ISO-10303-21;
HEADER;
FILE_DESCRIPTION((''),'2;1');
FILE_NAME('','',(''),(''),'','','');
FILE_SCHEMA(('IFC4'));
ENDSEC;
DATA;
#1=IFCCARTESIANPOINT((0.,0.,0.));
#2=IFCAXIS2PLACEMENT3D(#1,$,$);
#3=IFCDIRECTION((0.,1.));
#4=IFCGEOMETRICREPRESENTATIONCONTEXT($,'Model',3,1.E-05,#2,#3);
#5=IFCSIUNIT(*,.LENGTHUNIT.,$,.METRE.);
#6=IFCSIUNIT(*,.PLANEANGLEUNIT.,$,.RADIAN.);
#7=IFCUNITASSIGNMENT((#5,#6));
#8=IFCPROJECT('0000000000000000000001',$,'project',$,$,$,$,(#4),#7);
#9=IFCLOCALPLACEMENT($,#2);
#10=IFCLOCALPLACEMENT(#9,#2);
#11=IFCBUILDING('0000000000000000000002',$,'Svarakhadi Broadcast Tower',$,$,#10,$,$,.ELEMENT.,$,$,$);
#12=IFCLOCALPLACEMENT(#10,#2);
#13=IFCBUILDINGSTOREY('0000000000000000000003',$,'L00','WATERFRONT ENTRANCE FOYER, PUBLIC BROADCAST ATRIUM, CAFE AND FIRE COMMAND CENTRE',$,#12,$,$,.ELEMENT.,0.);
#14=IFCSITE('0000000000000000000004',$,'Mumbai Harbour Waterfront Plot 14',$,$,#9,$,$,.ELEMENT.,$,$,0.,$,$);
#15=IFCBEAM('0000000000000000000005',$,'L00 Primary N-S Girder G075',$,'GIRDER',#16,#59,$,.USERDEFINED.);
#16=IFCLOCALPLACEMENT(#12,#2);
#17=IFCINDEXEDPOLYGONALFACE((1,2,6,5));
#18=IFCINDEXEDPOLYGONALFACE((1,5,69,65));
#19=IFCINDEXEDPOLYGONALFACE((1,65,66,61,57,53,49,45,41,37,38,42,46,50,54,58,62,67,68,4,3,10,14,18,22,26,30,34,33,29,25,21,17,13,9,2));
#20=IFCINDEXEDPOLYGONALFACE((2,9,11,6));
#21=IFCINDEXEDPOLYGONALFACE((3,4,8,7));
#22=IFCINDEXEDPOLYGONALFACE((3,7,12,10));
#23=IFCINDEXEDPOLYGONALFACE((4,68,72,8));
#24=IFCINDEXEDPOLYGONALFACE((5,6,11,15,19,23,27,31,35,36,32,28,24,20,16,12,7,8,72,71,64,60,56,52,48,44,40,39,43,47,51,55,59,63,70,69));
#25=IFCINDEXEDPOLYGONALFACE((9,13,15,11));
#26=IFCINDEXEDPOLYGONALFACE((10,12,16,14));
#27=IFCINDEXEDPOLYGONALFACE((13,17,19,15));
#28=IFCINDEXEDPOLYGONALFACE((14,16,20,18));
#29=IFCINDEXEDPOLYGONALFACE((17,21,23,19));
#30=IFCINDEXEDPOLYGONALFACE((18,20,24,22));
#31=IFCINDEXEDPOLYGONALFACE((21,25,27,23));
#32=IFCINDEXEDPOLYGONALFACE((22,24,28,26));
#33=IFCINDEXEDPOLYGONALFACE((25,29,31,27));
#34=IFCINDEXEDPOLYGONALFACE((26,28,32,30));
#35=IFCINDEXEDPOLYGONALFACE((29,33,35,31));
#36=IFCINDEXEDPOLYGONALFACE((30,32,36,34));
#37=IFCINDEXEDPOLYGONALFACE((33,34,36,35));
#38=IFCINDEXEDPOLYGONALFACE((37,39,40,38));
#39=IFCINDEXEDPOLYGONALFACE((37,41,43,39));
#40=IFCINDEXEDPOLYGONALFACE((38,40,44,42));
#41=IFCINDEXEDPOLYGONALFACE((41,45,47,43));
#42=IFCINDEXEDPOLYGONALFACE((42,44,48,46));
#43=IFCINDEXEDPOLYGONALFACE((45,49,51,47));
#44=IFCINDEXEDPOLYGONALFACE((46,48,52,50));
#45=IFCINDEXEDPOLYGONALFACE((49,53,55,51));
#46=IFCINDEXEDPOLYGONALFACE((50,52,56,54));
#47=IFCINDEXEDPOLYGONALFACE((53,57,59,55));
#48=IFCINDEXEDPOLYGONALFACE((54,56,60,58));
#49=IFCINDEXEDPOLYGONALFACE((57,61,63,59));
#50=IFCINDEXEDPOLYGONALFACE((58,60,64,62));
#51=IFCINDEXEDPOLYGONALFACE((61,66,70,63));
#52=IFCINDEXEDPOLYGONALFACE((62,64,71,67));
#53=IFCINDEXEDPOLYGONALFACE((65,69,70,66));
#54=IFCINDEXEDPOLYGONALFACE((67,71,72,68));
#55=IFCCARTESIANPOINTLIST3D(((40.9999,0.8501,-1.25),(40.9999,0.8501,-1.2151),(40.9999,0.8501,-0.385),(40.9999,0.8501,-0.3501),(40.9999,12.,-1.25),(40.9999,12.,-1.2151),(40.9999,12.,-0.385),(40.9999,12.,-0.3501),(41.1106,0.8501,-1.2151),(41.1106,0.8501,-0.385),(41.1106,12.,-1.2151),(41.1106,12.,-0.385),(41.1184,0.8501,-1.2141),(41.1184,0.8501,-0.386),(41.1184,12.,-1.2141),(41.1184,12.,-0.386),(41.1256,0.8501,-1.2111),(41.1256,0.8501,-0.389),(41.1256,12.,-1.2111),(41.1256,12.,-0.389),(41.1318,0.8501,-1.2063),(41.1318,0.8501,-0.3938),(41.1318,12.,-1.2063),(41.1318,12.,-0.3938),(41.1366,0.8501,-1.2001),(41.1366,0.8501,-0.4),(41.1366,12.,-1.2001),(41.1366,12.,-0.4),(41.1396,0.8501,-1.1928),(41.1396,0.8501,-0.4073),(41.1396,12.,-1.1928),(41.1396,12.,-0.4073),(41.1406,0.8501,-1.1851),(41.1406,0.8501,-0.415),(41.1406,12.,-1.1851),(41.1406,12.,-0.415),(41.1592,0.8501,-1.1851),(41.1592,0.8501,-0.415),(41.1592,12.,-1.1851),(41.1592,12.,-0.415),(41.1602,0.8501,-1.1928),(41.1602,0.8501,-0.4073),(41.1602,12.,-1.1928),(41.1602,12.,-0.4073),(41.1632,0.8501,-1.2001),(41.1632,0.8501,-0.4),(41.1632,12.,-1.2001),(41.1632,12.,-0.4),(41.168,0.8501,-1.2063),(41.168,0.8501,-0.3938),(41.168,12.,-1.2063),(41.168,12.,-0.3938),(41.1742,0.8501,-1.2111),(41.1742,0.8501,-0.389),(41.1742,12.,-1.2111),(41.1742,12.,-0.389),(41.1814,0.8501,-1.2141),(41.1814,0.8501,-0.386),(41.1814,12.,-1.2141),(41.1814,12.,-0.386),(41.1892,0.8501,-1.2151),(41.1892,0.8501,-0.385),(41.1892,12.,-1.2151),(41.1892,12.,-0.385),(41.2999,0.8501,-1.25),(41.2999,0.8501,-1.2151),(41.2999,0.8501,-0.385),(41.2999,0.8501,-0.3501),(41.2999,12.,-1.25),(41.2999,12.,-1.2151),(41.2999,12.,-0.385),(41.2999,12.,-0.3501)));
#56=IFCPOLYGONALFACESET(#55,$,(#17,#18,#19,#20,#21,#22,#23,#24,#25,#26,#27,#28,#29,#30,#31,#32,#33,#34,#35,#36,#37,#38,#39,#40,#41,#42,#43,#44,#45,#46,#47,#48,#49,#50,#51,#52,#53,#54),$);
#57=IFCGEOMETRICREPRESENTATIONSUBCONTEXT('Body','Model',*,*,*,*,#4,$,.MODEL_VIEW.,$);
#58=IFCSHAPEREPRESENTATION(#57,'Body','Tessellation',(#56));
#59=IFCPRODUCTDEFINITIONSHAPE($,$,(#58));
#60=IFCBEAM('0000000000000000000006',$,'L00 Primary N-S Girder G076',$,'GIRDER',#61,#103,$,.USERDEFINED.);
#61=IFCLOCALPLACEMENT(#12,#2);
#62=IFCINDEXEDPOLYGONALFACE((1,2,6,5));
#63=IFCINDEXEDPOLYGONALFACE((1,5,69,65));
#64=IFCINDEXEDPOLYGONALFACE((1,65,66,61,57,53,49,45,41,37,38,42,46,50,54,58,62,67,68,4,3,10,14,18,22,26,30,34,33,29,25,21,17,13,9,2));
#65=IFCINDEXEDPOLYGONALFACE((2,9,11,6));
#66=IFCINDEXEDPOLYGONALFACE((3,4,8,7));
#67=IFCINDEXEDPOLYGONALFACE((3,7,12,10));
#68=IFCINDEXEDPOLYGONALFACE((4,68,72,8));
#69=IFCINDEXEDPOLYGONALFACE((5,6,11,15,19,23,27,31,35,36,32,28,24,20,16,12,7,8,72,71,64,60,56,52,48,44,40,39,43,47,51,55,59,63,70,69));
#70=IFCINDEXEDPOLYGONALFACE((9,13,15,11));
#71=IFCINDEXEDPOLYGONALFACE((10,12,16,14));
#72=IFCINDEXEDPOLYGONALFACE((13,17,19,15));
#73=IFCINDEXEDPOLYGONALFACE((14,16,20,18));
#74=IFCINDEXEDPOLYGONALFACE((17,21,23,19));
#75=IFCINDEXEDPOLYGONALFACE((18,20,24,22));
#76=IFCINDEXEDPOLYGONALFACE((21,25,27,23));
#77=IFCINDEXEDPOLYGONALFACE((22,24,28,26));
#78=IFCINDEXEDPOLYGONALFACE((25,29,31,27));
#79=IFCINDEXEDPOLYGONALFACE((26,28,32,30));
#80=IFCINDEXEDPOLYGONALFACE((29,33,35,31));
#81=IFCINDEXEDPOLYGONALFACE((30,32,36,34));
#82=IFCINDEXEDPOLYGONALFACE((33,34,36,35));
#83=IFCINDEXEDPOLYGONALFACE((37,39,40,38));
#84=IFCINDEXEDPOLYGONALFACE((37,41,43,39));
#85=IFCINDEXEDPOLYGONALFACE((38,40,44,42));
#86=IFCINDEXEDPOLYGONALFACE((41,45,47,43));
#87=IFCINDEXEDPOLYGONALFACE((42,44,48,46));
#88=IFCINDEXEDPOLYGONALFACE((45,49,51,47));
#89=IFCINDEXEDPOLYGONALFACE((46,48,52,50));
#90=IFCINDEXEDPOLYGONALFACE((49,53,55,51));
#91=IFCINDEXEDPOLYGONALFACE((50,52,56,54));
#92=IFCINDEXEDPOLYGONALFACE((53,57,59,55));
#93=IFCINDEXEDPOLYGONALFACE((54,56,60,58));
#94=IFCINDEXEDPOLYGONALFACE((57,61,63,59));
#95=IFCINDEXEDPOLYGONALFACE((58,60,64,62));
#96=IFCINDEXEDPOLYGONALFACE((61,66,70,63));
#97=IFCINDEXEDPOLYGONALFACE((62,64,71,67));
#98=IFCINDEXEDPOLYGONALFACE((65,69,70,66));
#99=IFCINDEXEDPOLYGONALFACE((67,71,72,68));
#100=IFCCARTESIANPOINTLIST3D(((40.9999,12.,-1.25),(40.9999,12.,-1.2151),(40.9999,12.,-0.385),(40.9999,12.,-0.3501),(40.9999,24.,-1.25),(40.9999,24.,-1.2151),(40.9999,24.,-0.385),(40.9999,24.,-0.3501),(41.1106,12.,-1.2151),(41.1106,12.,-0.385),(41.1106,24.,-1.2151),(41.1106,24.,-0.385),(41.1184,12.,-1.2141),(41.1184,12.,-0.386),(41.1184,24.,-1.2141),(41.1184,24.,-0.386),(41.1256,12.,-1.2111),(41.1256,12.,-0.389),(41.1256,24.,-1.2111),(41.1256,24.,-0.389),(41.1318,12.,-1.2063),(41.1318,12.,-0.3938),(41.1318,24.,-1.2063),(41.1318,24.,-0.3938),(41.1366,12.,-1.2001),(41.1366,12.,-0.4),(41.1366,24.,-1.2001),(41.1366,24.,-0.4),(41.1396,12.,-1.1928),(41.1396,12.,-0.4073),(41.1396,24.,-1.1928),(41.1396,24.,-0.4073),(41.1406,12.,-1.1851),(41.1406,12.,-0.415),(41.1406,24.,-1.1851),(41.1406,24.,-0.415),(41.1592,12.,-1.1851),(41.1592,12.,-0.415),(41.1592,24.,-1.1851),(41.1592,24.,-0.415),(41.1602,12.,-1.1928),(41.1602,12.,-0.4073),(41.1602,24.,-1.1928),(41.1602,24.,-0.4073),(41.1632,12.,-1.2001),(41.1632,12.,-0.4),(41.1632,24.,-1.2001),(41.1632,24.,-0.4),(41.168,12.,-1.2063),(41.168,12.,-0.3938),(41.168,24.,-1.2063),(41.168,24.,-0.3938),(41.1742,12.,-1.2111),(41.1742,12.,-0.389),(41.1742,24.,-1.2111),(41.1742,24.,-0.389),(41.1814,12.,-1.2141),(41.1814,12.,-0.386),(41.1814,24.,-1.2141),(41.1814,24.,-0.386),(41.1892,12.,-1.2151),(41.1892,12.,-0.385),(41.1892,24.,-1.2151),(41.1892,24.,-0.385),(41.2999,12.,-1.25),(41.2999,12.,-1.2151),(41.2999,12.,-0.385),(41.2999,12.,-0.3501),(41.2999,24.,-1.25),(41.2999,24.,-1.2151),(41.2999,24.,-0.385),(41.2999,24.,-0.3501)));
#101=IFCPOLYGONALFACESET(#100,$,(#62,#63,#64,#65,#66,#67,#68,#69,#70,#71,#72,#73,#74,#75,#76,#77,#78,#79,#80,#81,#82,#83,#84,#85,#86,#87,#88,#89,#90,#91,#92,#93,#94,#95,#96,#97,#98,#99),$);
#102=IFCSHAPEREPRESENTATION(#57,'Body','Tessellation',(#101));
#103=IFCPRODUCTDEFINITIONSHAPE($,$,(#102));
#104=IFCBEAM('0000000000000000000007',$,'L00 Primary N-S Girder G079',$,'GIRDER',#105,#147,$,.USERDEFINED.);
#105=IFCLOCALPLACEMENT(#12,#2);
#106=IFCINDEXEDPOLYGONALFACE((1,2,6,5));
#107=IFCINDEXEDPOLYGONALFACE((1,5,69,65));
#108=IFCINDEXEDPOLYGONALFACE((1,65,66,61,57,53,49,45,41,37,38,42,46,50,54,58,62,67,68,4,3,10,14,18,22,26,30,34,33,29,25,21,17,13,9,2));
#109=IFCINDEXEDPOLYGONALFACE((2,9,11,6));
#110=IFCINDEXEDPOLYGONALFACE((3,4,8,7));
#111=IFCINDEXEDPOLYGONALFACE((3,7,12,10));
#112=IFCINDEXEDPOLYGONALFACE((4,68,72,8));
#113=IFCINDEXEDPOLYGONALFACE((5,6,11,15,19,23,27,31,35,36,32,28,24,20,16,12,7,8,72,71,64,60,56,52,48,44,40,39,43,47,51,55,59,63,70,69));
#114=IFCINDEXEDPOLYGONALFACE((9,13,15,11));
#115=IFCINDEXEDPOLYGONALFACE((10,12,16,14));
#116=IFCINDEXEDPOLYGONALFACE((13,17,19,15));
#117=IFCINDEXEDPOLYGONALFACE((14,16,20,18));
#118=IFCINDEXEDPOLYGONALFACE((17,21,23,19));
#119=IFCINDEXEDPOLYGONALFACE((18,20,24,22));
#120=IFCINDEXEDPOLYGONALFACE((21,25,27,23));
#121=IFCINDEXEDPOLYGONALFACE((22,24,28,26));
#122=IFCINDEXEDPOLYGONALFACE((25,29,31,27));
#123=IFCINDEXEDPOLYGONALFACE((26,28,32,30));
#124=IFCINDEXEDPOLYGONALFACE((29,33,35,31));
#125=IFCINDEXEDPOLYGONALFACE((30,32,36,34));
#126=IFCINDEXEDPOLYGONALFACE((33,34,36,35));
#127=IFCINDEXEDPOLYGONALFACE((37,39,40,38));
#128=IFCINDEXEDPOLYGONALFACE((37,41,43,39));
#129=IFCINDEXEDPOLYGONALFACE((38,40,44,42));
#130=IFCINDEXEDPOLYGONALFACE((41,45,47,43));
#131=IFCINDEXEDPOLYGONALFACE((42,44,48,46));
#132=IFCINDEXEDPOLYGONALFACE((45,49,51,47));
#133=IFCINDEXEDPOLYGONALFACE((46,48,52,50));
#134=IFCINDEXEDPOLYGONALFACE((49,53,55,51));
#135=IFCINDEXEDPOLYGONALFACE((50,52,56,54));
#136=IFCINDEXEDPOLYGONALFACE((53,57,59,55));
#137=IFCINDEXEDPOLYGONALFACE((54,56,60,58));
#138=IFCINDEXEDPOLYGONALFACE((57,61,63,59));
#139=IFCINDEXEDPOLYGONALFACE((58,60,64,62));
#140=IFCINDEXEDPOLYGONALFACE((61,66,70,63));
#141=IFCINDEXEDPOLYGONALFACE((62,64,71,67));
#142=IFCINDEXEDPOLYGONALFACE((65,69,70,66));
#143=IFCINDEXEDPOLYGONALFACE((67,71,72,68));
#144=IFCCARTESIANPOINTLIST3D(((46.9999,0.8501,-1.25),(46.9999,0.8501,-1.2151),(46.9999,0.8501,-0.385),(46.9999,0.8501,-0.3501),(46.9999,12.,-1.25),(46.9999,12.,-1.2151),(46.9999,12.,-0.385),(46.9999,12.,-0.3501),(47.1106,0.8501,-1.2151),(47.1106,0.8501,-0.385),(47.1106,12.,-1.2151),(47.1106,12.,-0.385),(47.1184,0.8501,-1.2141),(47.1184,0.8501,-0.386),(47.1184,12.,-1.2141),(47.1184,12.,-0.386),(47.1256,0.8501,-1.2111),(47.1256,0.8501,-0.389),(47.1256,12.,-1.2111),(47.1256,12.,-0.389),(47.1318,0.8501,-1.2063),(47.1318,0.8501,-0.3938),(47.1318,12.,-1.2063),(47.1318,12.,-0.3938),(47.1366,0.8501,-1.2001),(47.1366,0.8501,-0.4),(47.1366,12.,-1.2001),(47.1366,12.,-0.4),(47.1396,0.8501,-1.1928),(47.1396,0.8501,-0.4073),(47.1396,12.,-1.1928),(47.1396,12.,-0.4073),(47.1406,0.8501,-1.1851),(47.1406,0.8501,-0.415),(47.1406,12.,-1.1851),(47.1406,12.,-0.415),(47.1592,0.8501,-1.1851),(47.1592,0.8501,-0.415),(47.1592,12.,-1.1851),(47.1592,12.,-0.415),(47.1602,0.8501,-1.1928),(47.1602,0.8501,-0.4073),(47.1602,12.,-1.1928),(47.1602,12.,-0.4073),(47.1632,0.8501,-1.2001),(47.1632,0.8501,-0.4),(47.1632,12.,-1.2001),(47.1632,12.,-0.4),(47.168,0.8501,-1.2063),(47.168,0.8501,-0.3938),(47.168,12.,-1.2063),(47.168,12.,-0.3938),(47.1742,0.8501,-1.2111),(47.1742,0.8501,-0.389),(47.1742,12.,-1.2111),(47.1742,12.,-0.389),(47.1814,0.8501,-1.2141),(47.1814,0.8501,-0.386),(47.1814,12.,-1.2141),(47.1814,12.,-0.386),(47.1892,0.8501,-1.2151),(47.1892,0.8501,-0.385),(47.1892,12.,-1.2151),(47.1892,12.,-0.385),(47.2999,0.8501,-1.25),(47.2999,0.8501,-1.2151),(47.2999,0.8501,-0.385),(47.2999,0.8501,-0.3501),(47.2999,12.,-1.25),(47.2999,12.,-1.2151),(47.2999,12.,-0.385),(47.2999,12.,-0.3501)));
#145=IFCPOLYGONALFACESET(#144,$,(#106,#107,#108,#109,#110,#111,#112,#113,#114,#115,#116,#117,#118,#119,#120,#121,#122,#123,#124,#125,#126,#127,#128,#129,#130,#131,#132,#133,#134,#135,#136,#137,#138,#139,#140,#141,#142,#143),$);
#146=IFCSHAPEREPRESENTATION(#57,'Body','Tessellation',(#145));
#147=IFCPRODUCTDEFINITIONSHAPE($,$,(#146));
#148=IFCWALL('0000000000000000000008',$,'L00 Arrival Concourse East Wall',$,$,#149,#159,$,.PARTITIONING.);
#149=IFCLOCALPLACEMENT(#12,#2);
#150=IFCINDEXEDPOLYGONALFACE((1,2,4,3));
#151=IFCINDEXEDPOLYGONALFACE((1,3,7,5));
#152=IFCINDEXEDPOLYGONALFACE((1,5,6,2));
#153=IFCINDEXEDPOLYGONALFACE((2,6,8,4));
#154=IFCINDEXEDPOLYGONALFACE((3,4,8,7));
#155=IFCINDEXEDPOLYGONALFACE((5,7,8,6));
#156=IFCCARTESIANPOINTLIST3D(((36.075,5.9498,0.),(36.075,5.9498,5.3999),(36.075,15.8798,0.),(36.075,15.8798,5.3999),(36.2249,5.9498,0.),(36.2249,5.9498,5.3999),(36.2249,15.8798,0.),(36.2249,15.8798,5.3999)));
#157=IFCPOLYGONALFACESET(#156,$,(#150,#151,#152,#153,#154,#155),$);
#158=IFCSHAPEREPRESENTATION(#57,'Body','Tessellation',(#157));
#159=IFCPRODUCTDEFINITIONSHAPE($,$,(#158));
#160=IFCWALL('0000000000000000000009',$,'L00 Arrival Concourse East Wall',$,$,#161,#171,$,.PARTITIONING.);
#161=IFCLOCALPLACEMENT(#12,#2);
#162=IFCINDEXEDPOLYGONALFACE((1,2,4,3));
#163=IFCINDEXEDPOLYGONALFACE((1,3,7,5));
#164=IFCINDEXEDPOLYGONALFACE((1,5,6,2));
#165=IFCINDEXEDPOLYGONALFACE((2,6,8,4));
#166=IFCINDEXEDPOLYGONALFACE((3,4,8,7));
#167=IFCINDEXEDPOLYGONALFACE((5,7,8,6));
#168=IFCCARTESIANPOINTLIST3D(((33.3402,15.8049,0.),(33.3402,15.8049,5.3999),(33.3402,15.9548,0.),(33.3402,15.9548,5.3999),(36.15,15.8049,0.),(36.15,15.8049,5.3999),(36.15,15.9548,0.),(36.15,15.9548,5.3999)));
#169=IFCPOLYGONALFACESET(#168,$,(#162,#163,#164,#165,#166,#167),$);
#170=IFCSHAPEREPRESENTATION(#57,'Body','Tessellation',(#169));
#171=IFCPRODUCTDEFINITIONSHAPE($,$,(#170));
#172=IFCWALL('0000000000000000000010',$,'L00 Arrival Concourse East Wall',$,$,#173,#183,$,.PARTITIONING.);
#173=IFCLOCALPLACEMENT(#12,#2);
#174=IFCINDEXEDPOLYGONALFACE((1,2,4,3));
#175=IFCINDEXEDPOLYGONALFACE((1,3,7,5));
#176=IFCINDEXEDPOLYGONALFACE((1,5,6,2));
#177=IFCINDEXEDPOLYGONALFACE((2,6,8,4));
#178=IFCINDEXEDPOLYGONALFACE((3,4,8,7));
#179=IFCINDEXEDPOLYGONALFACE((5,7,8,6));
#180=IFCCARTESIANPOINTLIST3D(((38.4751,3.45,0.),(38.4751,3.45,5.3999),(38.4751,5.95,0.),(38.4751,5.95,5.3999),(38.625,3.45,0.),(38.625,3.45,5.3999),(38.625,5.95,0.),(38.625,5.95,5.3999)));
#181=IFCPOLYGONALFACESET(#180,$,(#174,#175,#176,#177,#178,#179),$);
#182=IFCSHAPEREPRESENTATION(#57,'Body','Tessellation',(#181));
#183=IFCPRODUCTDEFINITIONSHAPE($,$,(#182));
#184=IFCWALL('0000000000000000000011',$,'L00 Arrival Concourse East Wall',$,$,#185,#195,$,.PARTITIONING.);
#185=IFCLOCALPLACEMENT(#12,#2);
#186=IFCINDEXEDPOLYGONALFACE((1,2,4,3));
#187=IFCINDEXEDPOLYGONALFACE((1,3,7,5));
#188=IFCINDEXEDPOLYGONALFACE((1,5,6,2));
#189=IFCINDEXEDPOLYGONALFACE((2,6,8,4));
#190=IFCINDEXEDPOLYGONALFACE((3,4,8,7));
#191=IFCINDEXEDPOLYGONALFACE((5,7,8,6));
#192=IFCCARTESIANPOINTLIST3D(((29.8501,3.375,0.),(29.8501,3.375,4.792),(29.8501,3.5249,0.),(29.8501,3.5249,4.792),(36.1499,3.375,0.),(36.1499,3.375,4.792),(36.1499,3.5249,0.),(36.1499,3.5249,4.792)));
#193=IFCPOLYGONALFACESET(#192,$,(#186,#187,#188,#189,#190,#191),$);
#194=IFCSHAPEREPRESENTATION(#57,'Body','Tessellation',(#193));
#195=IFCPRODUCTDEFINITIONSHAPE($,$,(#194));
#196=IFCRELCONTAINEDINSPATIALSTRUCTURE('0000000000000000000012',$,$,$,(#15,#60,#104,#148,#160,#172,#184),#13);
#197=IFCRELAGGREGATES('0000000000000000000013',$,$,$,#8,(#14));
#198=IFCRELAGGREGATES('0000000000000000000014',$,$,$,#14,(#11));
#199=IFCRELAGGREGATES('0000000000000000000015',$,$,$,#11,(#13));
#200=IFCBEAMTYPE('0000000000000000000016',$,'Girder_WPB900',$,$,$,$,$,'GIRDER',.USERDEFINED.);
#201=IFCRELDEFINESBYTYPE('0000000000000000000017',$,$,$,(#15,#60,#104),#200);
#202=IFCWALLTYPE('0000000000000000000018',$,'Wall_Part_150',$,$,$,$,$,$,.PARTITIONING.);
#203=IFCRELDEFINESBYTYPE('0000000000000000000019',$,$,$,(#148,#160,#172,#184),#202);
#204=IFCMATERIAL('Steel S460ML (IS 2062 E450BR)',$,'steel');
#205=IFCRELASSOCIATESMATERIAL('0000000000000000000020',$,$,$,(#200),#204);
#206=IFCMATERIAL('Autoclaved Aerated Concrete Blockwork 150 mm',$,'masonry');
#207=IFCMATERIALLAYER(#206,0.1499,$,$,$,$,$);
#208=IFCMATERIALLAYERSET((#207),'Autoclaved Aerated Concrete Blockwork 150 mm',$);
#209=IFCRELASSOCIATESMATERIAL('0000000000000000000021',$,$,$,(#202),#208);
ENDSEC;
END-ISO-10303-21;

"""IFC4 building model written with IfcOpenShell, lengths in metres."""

from ifc_helpers import new_model, si_unit, direction, frame, frame_2d, origin, origin_2d, place, context, subcontext, project, spatial, rectangle, i_section, extrude, material, layer, layer_set, material_profile, profile_set, type_object, element, save


model = new_model("IFC4")

# Units and contexts
model_context = context("Model", 3, precision=1e-05, world=origin(), true_north=direction((0.0, 1.0)))
body_context = subcontext(model_context, "Body", "Model", "MODEL_VIEW")
ifc_project = project(units=[si_unit("LENGTHUNIT", "METRE"), si_unit("PLANEANGLEUNIT", "RADIAN")], contexts=[model_context])

# Site, building, storey
site_placement = place(None, origin())
site = spatial("IfcSite", under=ifc_project, at=site_placement, Name="Mumbai Harbour Waterfront Plot 14", CompositionType="ELEMENT", RefElevation=0.0)
building_placement = place(site_placement, origin())
building = spatial("IfcBuilding", under=site, at=building_placement, Name="Svarakhadi Broadcast Tower", CompositionType="ELEMENT")
storey_placement = place(building_placement, origin())
storey = spatial("IfcBuildingStorey", under=building, at=storey_placement, Name="L00", Description="WATERFRONT ENTRANCE FOYER, PUBLIC BROADCAST ATRIUM, CAFE AND FIRE COMMAND CENTRE", CompositionType="ELEMENT", Elevation=0.0)

# Shared definitions
ifc_material_1 = material(Name="Steel S460ML (IS 2062 E450BR)", Category="steel")

# Beams
ifc_material_profile_1 = material_profile(ifc_material_1, i_section(OverallWidth=0.3, OverallDepth=0.8999, WebThickness=0.0186, FlangeThickness=0.0349, FilletRadius=0.03, at=origin_2d()), Name="WPB 900x300x291")
ifc_profile_set_1 = profile_set([ifc_material_profile_1], Name="Steel S460ML (IS 2062 E450BR)")
beam_type_1 = type_object("IfcBeamType", Name="Girder_WPB900", ElementType="GIRDER", PredefinedType="USERDEFINED", material=ifc_profile_set_1)
beam_1_placement = place(storey_placement, frame((41.1499, 0.8501, -0.8), z_axis=(0.0, 1.0, 0.0), x_axis=(-1.0, 0.0, 0.0)))
element("IfcBeam", 1, at=beam_1_placement, inside=storey, type_object=beam_type_1, Name="L00 Primary N-S Girder G075", ObjectType="GIRDER", PredefinedType="USERDEFINED", context=body_context, shape_type="SweptSolid", body=[
    extrude(i_section(OverallWidth=0.3, OverallDepth=0.8999, WebThickness=0.0186, FlangeThickness=0.0349, FilletRadius=0.03, at=origin_2d()), origin(), (0.0, 0.0, 1.0), 11.1499),
])
beam_2_placement = place(storey_placement, frame((41.1499, 12.0, -0.8), z_axis=(0.0, 1.0, 0.0), x_axis=(-1.0, 0.0, 0.0)))
element("IfcBeam", 2, at=beam_2_placement, inside=storey, type_object=beam_type_1, Name="L00 Primary N-S Girder G076", ObjectType="GIRDER", PredefinedType="USERDEFINED", context=body_context, shape_type="SweptSolid", body=[
    extrude(i_section(OverallWidth=0.3, OverallDepth=0.8999, WebThickness=0.0186, FlangeThickness=0.0349, FilletRadius=0.03, at=origin_2d()), origin(), (0.0, 0.0, 1.0), 12.0),
])
beam_3_placement = place(storey_placement, frame((47.1499, 0.8501, -0.8), z_axis=(0.0, 1.0, 0.0), x_axis=(-1.0, 0.0, 0.0)))
element("IfcBeam", 3, at=beam_3_placement, inside=storey, type_object=beam_type_1, Name="L00 Primary N-S Girder G079", ObjectType="GIRDER", PredefinedType="USERDEFINED", context=body_context, shape_type="SweptSolid", body=[
    extrude(i_section(OverallWidth=0.3, OverallDepth=0.8999, WebThickness=0.0186, FlangeThickness=0.0349, FilletRadius=0.03, at=origin_2d()), origin(), (0.0, 0.0, 1.0), 11.1499),
])

# Walls
ifc_material_2 = material(Name="Autoclaved Aerated Concrete Blockwork 150 mm", Category="masonry")
ifc_layer = layer(ifc_material_2, 0.1499)
ifc_layer_set = layer_set([ifc_layer], Name="Autoclaved Aerated Concrete Blockwork 150 mm")
wall_type = type_object("IfcWallType", Name="Wall_Part_150", PredefinedType="PARTITIONING", material=ifc_layer_set)
wall_1_placement = place(storey_placement, frame((36.1499, 5.95, 0.0), z_axis=(0.0, 0.0, 1.0), x_axis=(0.0, 1.0, 0.0)))
element("IfcWall", 4, at=wall_1_placement, inside=storey, type_object=wall_type, Name="L00 Arrival Concourse East Wall", PredefinedType="PARTITIONING", context=body_context, shape_type="SweptSolid", body=[
    extrude(rectangle(XDim=9.9299, YDim=0.1499, at=frame_2d((4.9648, 0.0))), origin(), (0.0, 0.0, 1.0), 5.3999),
])
wall_2_placement = place(storey_placement, frame((36.1499, 15.8799, 0.0), z_axis=(0.0, 0.0, 1.0), x_axis=(-1.0, 0.0, 0.0)))
element("IfcWall", 5, at=wall_2_placement, inside=storey, type_object=wall_type, Name="L00 Arrival Concourse East Wall", PredefinedType="PARTITIONING", context=body_context, shape_type="SweptSolid", body=[
    extrude(rectangle(XDim=2.8098, YDim=0.1499, at=frame_2d((1.4048, 0.0))), origin(), (0.0, 0.0, 1.0), 5.3999),
])
wall_3_placement = place(storey_placement, frame((38.55, 5.95, 0.0), z_axis=(0.0, 0.0, 1.0), x_axis=(0.0, -1.0, 0.0)))
element("IfcWall", 6, at=wall_3_placement, inside=storey, type_object=wall_type, Name="L00 Arrival Concourse East Wall", PredefinedType="PARTITIONING", context=body_context, shape_type="SweptSolid", body=[
    extrude(rectangle(XDim=2.5, YDim=0.1499, at=frame_2d((1.25, 0.0))), origin(), (0.0, 0.0, 1.0), 5.3999),
])

# Wall
wall_4_placement = place(storey_placement, frame((36.1499, 3.45, 0.0), z_axis=(0.0, 0.0, 1.0), x_axis=(-1.0, 0.0, 0.0)))
element("IfcWall", 7, at=wall_4_placement, inside=storey, type_object=wall_type, Name="L00 Arrival Concourse East Wall", PredefinedType="PARTITIONING", context=body_context, shape_type="SweptSolid", body=[
    extrude(rectangle(XDim=6.2998, YDim=0.1499, at=frame_2d((3.1499, 0.0))), origin(), (0.0, 0.0, 1.0), 4.792),
])

save(model, "model.ifc")
